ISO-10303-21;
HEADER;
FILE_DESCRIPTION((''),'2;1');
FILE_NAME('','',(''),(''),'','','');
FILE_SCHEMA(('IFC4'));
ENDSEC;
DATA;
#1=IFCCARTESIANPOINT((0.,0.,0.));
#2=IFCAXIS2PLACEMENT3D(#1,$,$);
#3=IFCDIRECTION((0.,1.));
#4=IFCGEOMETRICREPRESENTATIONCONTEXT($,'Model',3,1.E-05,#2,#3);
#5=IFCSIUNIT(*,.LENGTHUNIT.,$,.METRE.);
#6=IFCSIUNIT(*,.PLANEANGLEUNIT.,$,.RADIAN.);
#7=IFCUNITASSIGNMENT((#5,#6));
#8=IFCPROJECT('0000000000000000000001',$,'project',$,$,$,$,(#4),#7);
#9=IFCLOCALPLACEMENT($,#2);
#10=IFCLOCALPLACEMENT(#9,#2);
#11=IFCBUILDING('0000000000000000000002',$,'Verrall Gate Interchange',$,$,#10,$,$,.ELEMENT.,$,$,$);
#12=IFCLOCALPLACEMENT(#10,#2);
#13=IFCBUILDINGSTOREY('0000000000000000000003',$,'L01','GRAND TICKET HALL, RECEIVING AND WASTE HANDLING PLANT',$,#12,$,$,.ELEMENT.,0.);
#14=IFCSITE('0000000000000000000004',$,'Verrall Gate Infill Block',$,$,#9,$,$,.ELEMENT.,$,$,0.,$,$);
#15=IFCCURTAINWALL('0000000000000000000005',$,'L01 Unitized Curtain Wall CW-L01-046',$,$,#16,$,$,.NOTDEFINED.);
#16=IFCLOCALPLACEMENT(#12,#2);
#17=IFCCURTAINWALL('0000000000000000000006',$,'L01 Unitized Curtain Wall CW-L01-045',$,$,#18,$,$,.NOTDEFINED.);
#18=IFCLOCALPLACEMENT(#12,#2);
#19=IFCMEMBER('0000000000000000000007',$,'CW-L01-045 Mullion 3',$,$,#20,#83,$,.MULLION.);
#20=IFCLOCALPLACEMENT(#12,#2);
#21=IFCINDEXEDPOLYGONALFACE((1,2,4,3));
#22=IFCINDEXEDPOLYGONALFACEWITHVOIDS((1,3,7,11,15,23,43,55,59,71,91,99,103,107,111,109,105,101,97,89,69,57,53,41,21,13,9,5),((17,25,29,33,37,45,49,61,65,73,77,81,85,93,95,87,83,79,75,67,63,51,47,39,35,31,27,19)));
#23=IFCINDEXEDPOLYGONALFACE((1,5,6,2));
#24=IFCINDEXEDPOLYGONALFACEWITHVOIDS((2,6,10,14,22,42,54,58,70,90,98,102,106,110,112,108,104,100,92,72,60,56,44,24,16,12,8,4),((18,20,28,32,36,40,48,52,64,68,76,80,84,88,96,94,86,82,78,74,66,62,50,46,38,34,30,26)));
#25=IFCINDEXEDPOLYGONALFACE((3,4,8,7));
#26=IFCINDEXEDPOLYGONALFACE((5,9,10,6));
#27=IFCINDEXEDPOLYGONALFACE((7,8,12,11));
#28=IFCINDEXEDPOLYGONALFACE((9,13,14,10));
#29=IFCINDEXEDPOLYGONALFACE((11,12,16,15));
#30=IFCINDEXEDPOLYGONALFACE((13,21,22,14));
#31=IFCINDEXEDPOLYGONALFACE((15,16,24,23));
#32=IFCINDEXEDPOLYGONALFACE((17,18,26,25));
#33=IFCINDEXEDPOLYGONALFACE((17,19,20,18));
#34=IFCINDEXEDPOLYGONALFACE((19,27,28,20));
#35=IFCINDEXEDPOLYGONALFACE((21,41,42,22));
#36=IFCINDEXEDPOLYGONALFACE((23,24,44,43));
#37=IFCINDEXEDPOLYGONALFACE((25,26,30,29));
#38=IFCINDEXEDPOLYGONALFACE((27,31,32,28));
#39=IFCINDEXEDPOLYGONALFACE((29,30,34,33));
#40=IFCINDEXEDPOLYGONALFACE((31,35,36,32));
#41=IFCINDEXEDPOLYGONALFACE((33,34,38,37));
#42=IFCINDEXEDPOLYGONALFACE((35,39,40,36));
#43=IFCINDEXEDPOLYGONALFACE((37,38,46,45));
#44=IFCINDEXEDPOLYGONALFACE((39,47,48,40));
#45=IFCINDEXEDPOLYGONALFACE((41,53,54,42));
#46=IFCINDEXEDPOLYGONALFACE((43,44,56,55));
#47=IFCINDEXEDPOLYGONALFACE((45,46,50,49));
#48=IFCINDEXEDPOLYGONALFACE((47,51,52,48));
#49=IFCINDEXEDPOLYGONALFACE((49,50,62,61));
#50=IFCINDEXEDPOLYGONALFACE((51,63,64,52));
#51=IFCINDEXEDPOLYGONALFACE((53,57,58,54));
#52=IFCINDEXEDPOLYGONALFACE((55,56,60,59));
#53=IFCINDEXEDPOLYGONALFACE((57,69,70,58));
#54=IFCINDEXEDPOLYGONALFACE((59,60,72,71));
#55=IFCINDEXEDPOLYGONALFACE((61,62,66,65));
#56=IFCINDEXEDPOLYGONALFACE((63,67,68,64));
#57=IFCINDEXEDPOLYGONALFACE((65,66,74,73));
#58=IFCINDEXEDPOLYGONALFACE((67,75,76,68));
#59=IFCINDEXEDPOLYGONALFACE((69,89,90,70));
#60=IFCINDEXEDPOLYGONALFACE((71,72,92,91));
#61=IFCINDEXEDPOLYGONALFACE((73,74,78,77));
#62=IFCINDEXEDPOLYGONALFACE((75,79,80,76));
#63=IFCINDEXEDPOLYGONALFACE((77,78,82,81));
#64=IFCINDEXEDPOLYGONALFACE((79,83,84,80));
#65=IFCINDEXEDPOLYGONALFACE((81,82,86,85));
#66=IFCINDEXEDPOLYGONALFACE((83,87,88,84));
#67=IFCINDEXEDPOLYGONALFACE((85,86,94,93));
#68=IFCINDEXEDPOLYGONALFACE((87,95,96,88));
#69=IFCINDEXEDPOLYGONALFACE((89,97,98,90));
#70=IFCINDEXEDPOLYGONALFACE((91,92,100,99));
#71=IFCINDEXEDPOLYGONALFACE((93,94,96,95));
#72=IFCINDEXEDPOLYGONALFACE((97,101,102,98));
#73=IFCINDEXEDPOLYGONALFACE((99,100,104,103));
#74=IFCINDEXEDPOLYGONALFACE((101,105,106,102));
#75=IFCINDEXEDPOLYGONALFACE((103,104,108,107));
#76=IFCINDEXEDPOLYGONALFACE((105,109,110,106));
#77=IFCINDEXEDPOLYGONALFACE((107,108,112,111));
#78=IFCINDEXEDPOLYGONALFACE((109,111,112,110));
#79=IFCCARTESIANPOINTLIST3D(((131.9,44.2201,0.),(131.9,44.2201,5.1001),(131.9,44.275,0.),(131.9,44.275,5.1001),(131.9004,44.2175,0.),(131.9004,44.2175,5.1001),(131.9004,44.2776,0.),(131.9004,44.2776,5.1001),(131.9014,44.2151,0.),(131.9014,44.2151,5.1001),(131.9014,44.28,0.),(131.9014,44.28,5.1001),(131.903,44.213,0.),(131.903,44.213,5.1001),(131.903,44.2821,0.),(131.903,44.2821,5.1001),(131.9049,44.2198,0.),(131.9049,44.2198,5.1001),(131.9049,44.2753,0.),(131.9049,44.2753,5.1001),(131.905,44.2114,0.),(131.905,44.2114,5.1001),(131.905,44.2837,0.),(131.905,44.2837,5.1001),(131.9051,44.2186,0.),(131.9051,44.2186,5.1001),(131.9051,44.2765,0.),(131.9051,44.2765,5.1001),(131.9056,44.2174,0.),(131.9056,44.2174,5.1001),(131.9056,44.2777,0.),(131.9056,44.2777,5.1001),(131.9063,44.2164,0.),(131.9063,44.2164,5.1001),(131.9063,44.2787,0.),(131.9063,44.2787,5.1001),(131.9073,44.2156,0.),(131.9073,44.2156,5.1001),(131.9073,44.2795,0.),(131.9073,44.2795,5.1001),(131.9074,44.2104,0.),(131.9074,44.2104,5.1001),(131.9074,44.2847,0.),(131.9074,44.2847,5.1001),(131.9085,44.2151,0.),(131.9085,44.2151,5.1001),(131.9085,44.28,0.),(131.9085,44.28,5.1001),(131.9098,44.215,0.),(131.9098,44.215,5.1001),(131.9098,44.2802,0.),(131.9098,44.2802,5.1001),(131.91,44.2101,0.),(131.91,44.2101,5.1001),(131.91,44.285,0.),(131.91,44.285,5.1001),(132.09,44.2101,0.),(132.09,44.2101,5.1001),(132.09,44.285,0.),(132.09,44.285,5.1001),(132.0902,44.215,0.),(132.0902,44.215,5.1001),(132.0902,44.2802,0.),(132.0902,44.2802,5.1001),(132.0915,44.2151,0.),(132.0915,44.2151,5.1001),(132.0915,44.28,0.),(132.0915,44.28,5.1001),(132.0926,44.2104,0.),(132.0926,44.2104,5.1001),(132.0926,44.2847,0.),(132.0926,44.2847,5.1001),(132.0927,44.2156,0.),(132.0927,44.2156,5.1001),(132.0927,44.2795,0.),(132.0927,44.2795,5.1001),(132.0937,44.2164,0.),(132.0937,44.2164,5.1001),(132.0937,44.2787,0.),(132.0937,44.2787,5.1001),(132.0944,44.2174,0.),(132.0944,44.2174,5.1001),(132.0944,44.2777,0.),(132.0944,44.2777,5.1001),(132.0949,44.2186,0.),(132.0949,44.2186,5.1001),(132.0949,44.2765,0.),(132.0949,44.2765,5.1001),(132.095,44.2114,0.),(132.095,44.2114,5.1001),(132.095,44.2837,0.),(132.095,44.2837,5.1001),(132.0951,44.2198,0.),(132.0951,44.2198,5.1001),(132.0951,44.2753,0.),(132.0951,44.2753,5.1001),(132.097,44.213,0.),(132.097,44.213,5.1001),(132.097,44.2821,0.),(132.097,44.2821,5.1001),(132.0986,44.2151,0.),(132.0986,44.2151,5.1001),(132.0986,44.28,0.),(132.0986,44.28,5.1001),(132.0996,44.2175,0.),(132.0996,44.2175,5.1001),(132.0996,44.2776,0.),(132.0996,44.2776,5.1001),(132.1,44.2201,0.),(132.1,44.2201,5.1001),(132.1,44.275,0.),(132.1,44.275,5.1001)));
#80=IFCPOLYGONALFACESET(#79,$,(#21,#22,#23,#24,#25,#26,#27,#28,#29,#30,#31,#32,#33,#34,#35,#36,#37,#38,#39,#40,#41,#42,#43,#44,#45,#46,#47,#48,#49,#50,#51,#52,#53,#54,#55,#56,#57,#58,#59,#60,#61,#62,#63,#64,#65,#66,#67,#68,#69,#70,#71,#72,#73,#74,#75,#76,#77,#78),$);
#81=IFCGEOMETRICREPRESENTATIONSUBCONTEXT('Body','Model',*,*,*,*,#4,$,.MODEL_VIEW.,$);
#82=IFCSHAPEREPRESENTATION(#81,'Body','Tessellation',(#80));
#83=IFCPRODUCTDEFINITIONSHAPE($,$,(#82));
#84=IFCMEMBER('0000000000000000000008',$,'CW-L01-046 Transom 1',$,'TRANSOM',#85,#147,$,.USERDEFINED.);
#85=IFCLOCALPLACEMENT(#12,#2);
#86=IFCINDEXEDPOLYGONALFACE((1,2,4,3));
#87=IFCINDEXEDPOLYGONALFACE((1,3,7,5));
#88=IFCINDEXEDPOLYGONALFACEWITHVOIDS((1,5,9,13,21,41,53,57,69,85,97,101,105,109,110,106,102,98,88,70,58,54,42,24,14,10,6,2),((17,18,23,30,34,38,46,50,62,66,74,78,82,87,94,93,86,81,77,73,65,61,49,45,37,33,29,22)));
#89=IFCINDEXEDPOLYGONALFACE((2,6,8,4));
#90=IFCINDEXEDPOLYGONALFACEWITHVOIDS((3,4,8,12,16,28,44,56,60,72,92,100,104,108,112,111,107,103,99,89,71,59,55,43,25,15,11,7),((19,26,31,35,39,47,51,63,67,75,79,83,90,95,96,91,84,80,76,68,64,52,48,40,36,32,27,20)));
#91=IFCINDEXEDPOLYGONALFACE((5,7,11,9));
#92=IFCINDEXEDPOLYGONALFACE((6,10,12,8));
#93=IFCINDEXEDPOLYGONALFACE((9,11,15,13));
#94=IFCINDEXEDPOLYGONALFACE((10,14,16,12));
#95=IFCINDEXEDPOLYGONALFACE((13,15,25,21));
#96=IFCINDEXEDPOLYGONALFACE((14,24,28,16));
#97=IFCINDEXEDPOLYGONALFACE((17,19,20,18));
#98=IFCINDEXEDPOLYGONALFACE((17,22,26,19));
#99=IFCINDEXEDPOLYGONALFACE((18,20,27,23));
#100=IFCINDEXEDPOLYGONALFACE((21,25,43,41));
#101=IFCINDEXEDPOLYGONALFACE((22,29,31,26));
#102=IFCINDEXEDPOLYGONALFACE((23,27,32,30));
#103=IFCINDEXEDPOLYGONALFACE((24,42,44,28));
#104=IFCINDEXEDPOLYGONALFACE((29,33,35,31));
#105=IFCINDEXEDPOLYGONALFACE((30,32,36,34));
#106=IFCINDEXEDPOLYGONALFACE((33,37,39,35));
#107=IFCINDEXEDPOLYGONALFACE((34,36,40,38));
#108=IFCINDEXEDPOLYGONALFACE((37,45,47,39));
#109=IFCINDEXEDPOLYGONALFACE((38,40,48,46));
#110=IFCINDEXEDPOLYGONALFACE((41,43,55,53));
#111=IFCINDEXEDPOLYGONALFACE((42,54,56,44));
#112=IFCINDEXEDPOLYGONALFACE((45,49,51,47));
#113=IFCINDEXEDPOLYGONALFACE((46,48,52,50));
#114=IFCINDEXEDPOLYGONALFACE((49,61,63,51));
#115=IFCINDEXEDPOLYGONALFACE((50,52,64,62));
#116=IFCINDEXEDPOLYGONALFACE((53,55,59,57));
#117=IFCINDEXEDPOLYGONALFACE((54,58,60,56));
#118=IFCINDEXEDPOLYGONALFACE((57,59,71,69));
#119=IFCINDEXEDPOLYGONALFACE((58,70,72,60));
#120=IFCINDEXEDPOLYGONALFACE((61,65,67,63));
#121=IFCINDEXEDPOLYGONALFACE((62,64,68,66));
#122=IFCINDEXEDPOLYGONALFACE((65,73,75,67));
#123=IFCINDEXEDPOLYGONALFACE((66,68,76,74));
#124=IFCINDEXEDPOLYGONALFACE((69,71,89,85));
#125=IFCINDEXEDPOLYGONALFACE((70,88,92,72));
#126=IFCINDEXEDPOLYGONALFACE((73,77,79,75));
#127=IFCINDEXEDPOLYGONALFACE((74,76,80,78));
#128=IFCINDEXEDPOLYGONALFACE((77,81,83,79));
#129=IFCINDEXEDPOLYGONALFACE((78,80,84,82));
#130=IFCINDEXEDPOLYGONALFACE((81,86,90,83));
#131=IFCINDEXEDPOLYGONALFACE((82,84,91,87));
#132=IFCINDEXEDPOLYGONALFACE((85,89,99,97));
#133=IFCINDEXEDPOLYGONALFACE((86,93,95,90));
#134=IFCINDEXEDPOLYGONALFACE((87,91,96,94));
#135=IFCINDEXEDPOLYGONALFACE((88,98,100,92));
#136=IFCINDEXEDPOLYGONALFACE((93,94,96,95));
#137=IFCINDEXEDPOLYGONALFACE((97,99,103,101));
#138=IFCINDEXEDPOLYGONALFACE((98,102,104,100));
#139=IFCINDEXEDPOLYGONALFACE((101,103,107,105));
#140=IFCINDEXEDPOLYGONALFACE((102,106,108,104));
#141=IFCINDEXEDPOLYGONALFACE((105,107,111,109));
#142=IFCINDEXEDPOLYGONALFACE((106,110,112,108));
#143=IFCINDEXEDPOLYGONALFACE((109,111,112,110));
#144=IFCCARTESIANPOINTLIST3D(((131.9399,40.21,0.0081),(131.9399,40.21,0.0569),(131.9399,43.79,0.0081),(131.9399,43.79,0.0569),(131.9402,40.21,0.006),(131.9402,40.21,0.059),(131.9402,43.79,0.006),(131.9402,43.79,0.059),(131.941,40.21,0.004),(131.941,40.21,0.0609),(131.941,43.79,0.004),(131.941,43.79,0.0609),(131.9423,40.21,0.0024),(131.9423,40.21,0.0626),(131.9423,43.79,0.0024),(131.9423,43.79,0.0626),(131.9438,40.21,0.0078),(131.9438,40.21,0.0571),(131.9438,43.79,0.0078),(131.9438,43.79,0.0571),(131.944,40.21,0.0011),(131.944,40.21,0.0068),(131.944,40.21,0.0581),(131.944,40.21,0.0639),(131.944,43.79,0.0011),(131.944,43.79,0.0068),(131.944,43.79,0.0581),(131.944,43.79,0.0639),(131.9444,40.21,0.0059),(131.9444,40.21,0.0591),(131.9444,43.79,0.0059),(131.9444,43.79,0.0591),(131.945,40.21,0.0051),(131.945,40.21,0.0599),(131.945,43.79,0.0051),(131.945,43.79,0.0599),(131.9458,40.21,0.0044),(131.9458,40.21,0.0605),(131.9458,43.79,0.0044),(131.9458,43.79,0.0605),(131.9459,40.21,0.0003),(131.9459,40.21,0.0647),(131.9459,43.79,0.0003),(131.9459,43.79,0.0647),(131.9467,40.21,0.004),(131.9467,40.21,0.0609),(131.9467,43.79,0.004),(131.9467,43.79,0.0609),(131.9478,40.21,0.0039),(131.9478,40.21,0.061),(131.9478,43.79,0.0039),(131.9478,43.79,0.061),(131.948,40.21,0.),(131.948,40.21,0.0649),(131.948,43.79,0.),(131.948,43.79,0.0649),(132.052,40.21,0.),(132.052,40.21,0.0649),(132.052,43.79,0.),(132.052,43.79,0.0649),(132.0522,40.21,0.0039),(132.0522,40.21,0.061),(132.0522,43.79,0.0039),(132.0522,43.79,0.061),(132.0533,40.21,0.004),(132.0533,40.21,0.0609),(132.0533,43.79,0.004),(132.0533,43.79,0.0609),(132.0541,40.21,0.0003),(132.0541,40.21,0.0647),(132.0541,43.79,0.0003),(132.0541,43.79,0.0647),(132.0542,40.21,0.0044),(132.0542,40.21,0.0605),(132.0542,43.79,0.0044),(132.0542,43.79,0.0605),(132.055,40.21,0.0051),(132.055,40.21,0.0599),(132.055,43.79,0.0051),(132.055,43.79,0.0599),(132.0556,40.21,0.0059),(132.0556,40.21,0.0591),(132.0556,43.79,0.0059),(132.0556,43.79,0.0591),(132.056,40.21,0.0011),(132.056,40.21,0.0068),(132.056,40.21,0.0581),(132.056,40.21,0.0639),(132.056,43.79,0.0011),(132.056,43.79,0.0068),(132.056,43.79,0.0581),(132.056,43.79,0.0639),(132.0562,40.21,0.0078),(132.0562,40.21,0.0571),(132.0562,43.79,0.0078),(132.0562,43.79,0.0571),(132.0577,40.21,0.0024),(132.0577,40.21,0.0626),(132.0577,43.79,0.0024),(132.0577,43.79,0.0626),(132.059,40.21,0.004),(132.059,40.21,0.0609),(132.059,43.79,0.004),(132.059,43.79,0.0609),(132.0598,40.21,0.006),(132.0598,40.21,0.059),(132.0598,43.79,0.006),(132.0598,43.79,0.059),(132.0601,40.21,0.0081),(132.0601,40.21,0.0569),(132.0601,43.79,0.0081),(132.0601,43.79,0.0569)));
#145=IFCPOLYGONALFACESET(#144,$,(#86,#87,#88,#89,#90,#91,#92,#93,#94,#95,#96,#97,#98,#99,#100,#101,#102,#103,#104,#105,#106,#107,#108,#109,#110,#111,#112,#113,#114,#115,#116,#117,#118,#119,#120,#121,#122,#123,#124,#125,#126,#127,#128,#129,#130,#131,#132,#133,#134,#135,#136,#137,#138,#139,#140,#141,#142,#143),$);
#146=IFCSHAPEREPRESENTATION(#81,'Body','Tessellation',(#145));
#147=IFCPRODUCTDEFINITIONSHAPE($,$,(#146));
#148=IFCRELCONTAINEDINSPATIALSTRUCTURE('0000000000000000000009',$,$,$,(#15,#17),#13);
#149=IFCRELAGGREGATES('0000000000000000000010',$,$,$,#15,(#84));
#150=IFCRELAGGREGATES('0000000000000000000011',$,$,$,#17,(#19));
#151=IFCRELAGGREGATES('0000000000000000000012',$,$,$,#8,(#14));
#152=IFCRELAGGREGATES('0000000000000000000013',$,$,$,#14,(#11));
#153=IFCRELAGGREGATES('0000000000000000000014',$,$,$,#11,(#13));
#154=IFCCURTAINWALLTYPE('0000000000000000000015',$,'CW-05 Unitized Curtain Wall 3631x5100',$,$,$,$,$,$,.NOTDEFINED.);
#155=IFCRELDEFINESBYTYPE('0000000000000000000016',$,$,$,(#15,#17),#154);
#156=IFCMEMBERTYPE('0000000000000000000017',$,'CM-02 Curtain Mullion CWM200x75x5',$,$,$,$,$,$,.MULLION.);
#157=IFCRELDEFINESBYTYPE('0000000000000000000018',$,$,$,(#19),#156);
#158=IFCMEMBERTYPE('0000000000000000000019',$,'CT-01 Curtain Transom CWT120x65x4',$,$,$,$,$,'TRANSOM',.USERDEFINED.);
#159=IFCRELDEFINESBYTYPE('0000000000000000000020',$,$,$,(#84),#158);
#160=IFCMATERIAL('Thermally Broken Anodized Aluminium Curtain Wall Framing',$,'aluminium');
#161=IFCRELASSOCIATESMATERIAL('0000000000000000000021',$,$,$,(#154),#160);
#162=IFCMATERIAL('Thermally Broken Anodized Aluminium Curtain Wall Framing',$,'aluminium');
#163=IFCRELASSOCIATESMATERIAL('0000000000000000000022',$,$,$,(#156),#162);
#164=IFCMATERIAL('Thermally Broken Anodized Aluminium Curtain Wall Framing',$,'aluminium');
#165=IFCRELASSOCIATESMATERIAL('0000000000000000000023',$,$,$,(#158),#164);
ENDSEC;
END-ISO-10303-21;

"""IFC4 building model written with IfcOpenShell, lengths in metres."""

from ifc_helpers import new_model, si_unit, direction, frame, origin, origin_2d, place, context, subcontext, project, spatial, hollow_rectangle, extrude, material, material_profile, profile_set, type_object, element, aggregate, save


model = new_model("IFC4")

# Units and contexts
model_context = context("Model", 3, precision=1e-05, world=origin(), true_north=direction((0.0, 1.0)))
body_context = subcontext(model_context, "Body", "Model", "MODEL_VIEW")
ifc_project = project(units=[si_unit("LENGTHUNIT", "METRE"), si_unit("PLANEANGLEUNIT", "RADIAN")], contexts=[model_context])

# Site, building, storey
site_placement = place(None, origin())
site = spatial("IfcSite", under=ifc_project, at=site_placement, Name="Verrall Gate Infill Block", CompositionType="ELEMENT", RefElevation=0.0)
building_placement = place(site_placement, origin())
building = spatial("IfcBuilding", under=site, at=building_placement, Name="Verrall Gate Interchange", CompositionType="ELEMENT")
storey_placement = place(building_placement, origin())
storey = spatial("IfcBuildingStorey", under=building, at=storey_placement, Name="L01", Description="GRAND TICKET HALL, RECEIVING AND WASTE HANDLING PLANT", CompositionType="ELEMENT", Elevation=0.0)

# Curtain wall
ifc_material_1 = material(Name="Thermally Broken Anodized Aluminium Curtain Wall Framing", Category="aluminium")
curtain_wall_type = type_object("IfcCurtainWallType", Name="CW-05 Unitized Curtain Wall 3631x5100", PredefinedType="NOTDEFINED", material=ifc_material_1)
curtain_wall_1_placement = place(storey_placement, origin())
curtain_wall_1 = element("IfcCurtainWall", 1, at=curtain_wall_1_placement, inside=storey, type_object=curtain_wall_type, Name="L01 Unitized Curtain Wall CW-L01-046", PredefinedType="NOTDEFINED")

# Curtain wall, member
curtain_wall_2_placement = place(storey_placement, origin())
curtain_wall_2 = element("IfcCurtainWall", 2, at=curtain_wall_2_placement, inside=storey, type_object=curtain_wall_type, Name="L01 Unitized Curtain Wall CW-L01-045", PredefinedType="NOTDEFINED")
ifc_material_2 = material(Name="Thermally Broken Anodized Aluminium Curtain Wall Framing", Category="aluminium")
ifc_material_profile_1 = material_profile(ifc_material_2, hollow_rectangle(XDim=0.075, YDim=0.2, WallThickness=0.0049, InnerFilletRadius=0.0049, OuterFilletRadius=0.01, at=origin_2d()), Name="CWM200x75x5")
ifc_profile_set_1 = profile_set([ifc_material_profile_1], Name="Thermally Broken Anodized Aluminium Curtain Wall Framing")
member_type_1 = type_object("IfcMemberType", Name="CM-02 Curtain Mullion CWM200x75x5", PredefinedType="MULLION", material=ifc_profile_set_1)
member_1_placement = place(storey_placement, frame((132.0, 44.2476, 0.0), z_axis=(0.0, 0.0, 1.0), x_axis=(0.0, -1.0, 0.0)))
member_1 = element("IfcMember", 3, at=member_1_placement, type_object=member_type_1, Name="CW-L01-045 Mullion 3", PredefinedType="MULLION", context=body_context, shape_type="SweptSolid", body=[
    extrude(hollow_rectangle(XDim=0.075, YDim=0.2, WallThickness=0.0049, InnerFilletRadius=0.0049, OuterFilletRadius=0.01, at=origin_2d()), origin(), (0.0, 0.0, 1.0), 5.1001),
])

# Member
ifc_material_3 = material(Name="Thermally Broken Anodized Aluminium Curtain Wall Framing", Category="aluminium")
ifc_material_profile_2 = material_profile(ifc_material_3, hollow_rectangle(XDim=0.1201, YDim=0.0649, WallThickness=0.0039, InnerFilletRadius=0.0039, OuterFilletRadius=0.0081, at=origin_2d()), Name="CWT120x65x4")
ifc_profile_set_2 = profile_set([ifc_material_profile_2], Name="Thermally Broken Anodized Aluminium Curtain Wall Framing")
member_type_2 = type_object("IfcMemberType", Name="CT-01 Curtain Transom CWT120x65x4", ElementType="TRANSOM", PredefinedType="USERDEFINED", material=ifc_profile_set_2)
member_2_placement = place(storey_placement, frame((132.0, 43.79, 0.0325), z_axis=(0.0, -1.0, 0.0), x_axis=(1.0, 0.0, 0.0)))
member_2 = element("IfcMember", 4, at=member_2_placement, type_object=member_type_2, Name="CW-L01-046 Transom 1", ObjectType="TRANSOM", PredefinedType="USERDEFINED", context=body_context, shape_type="SweptSolid", body=[
    extrude(hollow_rectangle(XDim=0.1201, YDim=0.0649, WallThickness=0.0039, InnerFilletRadius=0.0039, OuterFilletRadius=0.0081, at=origin_2d()), origin(), (0.0, 0.0, 1.0), 3.5801),
])
aggregate(curtain_wall_1, [member_2])

aggregate(curtain_wall_2, [member_1])

save(model, "model.ifc")
